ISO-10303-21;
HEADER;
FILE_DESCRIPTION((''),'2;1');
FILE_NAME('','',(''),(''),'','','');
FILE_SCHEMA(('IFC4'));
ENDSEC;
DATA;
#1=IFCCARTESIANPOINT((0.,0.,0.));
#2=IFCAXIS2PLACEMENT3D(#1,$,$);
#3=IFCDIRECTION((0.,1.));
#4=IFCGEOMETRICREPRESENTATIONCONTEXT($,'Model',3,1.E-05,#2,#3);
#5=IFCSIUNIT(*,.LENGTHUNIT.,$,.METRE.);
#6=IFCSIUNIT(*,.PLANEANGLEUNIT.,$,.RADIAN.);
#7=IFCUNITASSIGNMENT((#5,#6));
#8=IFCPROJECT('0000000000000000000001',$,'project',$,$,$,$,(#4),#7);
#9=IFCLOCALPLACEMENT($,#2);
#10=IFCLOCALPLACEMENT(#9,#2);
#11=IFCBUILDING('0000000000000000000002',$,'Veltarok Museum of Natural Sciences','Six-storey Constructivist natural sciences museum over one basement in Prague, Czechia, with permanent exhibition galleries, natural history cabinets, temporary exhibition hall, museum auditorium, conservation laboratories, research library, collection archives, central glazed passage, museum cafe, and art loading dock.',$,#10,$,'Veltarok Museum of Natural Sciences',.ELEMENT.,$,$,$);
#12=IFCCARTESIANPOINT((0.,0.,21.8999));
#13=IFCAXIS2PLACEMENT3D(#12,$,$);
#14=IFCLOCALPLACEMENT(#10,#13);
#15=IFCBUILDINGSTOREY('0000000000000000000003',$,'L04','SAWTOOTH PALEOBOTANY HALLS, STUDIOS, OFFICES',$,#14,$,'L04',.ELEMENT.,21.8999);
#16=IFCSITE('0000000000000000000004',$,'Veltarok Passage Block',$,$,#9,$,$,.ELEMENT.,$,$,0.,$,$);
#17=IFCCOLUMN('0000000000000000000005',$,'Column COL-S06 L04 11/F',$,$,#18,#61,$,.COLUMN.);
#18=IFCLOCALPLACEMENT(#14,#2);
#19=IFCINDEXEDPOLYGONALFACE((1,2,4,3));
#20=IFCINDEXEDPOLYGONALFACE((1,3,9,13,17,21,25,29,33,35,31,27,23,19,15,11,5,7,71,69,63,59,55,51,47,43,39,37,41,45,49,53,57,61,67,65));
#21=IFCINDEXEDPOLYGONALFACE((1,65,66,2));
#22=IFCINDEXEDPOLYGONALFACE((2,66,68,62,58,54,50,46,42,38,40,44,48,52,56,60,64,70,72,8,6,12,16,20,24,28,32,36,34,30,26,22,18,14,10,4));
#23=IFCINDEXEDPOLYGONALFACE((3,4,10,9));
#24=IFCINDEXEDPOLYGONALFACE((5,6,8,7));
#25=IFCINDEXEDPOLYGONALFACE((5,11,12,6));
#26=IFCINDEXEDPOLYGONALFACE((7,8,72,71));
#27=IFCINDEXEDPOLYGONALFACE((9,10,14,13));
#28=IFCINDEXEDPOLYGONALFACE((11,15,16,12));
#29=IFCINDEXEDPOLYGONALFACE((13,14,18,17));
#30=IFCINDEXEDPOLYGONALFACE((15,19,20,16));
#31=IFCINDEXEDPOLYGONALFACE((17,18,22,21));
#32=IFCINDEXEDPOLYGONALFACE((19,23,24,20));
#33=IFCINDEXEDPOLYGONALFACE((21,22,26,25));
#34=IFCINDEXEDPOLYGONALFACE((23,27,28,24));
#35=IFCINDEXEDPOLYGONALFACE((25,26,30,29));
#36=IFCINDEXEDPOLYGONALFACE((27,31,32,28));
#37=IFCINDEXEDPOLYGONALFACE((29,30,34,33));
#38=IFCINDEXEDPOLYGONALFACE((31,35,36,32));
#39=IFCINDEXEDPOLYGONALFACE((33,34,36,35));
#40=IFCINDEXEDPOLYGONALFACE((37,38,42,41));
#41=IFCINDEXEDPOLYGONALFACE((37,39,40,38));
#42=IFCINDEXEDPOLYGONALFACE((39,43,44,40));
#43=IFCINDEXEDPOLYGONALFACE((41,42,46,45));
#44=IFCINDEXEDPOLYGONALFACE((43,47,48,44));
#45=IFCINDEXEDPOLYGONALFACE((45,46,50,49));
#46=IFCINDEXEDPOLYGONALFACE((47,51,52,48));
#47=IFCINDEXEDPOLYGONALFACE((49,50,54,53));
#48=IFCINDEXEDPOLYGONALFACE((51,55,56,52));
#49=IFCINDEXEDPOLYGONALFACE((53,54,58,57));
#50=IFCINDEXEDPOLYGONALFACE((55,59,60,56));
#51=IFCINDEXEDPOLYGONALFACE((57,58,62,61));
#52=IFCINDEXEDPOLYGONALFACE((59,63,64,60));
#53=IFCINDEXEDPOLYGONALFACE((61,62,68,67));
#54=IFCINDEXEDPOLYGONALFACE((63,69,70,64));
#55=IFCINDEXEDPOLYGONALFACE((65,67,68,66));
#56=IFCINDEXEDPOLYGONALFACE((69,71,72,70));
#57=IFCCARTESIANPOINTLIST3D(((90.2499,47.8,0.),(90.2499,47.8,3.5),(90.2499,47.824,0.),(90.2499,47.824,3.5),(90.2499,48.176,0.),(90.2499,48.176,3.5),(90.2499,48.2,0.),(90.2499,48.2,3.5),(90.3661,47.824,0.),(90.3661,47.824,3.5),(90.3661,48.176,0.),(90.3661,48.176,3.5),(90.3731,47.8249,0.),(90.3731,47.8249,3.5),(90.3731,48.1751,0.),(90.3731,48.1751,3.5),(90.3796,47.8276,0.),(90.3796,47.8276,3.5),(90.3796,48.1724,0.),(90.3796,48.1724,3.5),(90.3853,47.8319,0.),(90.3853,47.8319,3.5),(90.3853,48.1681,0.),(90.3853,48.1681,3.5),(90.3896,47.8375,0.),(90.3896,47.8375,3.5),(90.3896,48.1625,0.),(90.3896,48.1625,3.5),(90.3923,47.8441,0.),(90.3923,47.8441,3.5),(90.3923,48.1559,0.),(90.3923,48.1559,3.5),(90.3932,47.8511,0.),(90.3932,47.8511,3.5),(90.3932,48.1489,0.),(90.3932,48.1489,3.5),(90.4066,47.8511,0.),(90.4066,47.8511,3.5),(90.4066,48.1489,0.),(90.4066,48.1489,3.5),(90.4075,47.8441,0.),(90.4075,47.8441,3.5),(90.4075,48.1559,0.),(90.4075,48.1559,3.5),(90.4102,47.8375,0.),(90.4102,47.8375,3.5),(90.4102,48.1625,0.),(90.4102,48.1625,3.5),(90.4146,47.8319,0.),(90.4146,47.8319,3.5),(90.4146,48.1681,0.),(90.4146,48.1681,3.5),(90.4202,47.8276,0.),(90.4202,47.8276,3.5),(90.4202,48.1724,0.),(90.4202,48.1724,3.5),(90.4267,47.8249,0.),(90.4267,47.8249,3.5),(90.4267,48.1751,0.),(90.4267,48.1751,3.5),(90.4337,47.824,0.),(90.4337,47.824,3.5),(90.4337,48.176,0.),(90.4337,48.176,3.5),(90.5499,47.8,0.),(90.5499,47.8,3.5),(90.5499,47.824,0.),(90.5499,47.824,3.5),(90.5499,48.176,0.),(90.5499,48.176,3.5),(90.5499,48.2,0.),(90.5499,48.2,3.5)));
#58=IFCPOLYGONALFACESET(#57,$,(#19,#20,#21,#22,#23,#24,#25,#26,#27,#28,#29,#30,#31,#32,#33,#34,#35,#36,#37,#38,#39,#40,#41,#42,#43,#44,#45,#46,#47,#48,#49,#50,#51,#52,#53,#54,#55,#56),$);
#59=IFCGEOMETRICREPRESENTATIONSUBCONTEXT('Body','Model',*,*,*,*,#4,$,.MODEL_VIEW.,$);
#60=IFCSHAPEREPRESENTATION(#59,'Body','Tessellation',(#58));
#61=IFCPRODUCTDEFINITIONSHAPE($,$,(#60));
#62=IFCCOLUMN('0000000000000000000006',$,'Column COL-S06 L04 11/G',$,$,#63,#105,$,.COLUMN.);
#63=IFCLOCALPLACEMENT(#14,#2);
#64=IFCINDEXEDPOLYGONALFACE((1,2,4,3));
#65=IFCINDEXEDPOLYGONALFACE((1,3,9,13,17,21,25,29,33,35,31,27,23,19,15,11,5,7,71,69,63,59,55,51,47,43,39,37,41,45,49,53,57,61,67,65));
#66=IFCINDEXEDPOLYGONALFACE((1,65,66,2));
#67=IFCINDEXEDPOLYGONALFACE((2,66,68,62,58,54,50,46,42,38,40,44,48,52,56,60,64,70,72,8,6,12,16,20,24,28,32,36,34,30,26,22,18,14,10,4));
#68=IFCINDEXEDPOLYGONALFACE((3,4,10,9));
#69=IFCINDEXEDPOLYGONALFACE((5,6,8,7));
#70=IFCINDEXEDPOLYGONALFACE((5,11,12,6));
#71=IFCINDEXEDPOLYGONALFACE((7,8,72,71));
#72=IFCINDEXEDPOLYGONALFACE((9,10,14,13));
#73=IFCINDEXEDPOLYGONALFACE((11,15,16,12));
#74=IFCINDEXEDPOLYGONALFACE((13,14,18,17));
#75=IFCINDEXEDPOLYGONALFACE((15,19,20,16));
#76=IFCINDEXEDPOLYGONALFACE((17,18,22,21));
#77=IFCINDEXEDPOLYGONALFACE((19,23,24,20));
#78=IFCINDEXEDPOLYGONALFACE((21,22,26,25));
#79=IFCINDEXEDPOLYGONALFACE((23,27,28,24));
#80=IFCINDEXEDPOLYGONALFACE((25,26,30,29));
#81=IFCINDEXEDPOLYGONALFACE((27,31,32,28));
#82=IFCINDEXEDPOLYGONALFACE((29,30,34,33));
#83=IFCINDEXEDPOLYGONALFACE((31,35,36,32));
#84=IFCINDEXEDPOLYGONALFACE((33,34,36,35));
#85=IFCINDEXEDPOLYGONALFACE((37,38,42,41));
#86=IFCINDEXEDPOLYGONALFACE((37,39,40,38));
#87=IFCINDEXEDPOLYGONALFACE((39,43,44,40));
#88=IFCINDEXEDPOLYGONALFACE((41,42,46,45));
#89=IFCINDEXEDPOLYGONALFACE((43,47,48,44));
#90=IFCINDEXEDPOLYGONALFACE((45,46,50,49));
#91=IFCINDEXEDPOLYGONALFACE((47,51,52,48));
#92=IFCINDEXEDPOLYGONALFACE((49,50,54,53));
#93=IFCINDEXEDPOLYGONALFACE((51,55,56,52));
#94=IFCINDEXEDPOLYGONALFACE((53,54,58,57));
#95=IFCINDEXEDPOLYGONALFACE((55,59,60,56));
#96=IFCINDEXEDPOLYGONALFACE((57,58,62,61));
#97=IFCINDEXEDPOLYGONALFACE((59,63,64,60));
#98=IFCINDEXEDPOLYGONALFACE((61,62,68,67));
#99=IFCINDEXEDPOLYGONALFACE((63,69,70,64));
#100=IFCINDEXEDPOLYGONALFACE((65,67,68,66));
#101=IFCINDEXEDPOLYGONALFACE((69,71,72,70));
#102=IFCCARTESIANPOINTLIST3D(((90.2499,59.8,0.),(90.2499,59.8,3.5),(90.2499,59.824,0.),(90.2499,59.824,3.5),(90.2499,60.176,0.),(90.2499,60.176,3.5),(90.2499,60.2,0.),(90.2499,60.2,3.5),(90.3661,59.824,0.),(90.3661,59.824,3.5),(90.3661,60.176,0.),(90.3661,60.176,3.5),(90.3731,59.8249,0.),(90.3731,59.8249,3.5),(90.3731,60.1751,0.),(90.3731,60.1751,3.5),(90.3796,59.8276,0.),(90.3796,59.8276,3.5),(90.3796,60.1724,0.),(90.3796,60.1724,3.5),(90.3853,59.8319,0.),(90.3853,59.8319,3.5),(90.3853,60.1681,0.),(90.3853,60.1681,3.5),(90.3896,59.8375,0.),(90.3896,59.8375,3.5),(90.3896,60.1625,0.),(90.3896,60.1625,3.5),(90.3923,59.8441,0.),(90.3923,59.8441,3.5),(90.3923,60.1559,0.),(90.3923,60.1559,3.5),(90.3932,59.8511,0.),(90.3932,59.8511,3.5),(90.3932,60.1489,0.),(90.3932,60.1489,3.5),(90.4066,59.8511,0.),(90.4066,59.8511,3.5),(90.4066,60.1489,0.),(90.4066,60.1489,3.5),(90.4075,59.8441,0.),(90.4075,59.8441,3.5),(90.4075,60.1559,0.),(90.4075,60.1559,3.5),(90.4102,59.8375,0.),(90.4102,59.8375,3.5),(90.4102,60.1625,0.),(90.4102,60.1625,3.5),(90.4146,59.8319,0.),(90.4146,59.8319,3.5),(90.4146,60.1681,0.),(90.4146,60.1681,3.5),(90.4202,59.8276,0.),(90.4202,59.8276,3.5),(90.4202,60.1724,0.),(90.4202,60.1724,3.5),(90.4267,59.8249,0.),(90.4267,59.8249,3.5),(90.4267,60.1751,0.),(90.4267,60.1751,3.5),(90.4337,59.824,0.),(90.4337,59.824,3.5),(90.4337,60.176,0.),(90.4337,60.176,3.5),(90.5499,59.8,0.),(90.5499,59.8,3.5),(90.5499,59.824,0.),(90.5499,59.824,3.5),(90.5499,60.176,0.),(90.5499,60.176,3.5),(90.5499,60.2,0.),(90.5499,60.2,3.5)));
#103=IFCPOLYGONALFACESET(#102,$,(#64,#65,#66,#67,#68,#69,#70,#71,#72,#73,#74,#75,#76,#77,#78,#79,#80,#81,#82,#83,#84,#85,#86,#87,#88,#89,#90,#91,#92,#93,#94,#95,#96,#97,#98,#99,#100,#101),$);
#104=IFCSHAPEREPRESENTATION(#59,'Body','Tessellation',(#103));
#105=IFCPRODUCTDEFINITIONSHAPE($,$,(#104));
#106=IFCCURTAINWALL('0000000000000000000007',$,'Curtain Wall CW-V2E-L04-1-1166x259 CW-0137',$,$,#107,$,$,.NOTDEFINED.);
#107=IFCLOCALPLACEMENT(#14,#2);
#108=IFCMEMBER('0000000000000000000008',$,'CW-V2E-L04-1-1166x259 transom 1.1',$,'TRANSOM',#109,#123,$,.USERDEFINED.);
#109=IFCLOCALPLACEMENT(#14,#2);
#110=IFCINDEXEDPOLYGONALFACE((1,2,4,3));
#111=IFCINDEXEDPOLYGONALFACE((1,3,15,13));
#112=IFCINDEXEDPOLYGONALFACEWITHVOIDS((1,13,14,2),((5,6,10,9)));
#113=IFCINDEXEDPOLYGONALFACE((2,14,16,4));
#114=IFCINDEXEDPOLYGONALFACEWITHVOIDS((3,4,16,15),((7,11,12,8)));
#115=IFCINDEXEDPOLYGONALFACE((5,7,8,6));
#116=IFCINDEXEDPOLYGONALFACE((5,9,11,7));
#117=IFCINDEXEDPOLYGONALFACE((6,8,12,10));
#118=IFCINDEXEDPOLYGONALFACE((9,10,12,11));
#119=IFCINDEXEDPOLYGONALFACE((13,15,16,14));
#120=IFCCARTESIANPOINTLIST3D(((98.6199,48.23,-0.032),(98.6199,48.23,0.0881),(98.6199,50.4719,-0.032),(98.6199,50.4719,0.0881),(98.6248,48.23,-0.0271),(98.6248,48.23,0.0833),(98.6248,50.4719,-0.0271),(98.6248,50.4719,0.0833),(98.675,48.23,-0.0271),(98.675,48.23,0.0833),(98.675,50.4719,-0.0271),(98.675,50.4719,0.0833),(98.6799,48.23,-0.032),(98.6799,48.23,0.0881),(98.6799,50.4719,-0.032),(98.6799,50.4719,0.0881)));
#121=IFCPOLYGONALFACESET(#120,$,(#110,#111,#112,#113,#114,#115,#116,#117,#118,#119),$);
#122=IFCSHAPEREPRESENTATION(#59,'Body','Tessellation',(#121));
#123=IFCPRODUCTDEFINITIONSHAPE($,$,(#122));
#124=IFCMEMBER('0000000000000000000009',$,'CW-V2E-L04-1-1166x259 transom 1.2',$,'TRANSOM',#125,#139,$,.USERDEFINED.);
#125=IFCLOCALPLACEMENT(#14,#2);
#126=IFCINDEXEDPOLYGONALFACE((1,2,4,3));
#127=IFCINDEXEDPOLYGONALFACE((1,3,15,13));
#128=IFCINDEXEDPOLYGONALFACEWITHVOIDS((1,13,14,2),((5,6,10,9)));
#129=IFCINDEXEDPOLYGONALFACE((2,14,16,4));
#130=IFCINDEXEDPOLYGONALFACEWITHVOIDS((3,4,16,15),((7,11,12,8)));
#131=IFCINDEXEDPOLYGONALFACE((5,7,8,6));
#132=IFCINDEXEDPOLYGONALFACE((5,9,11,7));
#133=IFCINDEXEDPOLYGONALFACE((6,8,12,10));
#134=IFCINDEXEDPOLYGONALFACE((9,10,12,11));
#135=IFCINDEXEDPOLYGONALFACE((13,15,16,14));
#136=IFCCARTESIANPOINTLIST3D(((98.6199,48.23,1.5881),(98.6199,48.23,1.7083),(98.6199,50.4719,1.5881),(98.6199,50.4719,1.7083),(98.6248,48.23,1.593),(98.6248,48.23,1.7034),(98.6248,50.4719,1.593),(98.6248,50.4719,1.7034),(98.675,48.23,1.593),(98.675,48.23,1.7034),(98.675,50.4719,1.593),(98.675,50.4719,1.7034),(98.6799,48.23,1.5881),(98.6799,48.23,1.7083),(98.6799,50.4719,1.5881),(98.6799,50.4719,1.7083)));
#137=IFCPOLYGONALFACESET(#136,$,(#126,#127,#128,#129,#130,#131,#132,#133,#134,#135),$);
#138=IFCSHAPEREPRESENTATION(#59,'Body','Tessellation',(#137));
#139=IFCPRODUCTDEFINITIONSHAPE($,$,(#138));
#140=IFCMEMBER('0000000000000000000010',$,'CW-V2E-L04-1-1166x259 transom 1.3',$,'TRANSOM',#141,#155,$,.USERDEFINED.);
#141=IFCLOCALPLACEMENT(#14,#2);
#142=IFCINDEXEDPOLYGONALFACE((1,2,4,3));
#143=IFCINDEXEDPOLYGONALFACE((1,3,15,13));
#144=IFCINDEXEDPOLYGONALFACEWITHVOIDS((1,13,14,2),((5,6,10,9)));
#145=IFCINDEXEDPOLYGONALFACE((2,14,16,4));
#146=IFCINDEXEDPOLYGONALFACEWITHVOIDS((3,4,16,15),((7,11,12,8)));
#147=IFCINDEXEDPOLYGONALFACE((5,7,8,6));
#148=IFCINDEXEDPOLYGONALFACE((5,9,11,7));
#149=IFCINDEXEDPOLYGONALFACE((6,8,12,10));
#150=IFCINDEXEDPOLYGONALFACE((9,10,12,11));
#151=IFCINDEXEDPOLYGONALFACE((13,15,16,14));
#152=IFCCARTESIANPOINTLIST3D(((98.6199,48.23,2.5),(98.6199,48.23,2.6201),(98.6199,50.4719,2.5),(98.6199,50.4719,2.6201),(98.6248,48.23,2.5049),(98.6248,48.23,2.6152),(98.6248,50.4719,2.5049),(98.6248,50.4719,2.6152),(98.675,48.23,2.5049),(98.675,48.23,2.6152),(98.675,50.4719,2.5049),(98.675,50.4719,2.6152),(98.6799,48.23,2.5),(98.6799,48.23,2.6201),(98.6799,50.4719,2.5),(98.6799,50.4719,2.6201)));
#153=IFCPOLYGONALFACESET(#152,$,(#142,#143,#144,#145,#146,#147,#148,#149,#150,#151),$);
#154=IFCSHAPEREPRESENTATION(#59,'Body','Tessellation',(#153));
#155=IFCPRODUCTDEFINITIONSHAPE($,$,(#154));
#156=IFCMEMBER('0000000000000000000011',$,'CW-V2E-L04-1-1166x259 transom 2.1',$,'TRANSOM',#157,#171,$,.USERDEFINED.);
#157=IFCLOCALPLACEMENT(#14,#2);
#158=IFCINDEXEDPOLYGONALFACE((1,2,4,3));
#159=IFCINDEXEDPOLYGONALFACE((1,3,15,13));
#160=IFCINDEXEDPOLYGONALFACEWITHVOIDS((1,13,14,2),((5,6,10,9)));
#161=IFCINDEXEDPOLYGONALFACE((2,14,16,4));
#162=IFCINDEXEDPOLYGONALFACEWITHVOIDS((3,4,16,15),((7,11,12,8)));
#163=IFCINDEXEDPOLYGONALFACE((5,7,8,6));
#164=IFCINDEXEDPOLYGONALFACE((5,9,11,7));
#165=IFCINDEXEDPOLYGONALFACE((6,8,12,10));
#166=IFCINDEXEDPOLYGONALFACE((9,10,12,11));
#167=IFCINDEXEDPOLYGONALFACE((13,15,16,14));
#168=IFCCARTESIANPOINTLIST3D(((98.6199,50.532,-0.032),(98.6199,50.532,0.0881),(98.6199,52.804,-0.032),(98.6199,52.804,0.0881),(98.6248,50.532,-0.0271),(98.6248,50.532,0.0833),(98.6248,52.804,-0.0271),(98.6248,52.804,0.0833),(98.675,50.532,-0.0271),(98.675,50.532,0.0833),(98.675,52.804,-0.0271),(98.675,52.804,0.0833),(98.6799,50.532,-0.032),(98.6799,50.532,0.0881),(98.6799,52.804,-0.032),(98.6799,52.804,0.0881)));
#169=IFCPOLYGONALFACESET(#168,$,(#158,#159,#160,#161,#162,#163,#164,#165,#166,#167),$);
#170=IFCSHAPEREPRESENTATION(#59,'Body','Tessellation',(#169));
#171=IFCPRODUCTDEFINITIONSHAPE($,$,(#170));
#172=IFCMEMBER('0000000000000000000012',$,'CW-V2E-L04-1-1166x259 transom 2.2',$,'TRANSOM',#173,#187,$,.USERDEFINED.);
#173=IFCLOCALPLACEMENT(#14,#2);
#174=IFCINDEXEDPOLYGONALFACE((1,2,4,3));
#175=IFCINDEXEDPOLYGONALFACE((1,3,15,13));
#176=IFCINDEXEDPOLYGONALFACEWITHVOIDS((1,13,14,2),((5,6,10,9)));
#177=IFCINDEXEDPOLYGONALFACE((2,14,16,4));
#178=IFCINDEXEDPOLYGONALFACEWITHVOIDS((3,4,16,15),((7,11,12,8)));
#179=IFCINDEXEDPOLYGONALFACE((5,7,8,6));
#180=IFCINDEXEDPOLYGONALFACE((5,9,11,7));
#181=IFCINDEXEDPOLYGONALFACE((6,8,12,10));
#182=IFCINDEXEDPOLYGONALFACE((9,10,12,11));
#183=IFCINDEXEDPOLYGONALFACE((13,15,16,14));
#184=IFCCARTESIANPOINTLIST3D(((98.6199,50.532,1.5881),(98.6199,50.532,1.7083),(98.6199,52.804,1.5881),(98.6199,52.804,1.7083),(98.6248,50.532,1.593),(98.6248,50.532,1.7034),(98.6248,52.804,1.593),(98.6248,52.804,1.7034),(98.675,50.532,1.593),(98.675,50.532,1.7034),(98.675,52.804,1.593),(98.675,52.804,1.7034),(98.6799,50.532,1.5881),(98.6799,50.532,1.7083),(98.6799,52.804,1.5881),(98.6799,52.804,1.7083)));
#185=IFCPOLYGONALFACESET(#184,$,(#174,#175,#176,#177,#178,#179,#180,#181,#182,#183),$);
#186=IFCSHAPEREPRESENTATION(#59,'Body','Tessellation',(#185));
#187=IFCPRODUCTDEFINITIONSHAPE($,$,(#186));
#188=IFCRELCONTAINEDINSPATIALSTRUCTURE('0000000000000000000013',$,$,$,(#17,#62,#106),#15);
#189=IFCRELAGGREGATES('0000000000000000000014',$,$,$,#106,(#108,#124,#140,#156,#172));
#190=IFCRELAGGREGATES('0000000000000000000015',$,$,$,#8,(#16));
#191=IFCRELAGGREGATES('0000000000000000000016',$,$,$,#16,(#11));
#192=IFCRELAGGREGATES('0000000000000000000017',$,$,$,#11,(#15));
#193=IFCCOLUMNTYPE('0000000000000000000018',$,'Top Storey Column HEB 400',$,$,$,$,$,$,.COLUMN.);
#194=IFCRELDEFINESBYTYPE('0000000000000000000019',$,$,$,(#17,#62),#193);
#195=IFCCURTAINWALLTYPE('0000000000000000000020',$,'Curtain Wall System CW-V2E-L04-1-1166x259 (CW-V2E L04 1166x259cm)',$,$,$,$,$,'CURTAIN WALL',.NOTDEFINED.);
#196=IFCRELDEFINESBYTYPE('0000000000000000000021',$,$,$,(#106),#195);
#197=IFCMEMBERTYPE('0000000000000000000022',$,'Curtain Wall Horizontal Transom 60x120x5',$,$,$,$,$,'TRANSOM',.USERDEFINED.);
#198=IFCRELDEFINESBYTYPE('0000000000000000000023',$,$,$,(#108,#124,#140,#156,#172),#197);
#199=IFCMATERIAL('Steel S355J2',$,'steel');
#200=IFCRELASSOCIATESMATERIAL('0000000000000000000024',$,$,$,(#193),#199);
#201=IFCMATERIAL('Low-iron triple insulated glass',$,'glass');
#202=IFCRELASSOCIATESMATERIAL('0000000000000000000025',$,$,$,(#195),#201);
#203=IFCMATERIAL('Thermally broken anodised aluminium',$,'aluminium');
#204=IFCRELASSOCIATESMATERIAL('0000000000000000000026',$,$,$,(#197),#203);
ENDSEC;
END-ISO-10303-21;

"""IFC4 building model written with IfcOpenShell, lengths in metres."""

from ifc_helpers import new_model, si_unit, direction, frame, origin, origin_2d, place, context, subcontext, project, spatial, hollow_rectangle, i_section, extrude, material, material_profile, profile_set, type_object, element, aggregate, save


model = new_model("IFC4")

# Units and contexts
model_context = context("Model", 3, precision=1e-05, world=origin(), true_north=direction((0.0, 1.0)))
body_context = subcontext(model_context, "Body", "Model", "MODEL_VIEW")
ifc_project = project(units=[si_unit("LENGTHUNIT", "METRE"), si_unit("PLANEANGLEUNIT", "RADIAN")], contexts=[model_context])

# Site, building, storey
site_placement = place(None, origin())
site = spatial("IfcSite", under=ifc_project, at=site_placement, Name="Veltarok Passage Block", CompositionType="ELEMENT", RefElevation=0.0)
building_placement = place(site_placement, origin())
building = spatial("IfcBuilding", under=site, at=building_placement, Name="Veltarok Museum of Natural Sciences", Description="Six-storey Constructivist natural sciences museum over one basement in Prague, Czechia, with permanent exhibition galleries, natural history cabinets, temporary exhibition hall, museum auditorium, conservation laboratories, research library, collection archives, central glazed passage, museum cafe, and art loading dock.", LongName="Veltarok Museum of Natural Sciences", CompositionType="ELEMENT")
storey_placement = place(building_placement, frame((0.0, 0.0, 21.8999)))
storey = spatial("IfcBuildingStorey", under=building, at=storey_placement, Name="L04", Description="SAWTOOTH PALEOBOTANY HALLS, STUDIOS, OFFICES", LongName="L04", CompositionType="ELEMENT", Elevation=21.8999)

# Columns
ifc_material_1 = material(Name="Steel S355J2", Category="steel")
ifc_material_profile_1 = material_profile(ifc_material_1, i_section(OverallWidth=0.3, OverallDepth=0.3999, WebThickness=0.0134, FlangeThickness=0.0239, FilletRadius=0.0271, at=origin_2d()), Name="HEB 400")
ifc_profile_set_1 = profile_set([ifc_material_profile_1], Name="Steel S355J2")
column_type = type_object("IfcColumnType", Name="Top Storey Column HEB 400", PredefinedType="COLUMN", material=ifc_profile_set_1)
for number, where, z_axis, x_axis, name in (
    (1, (90.3999, 48.0, 0.0), (0.0, 0.0, 1.0), (1.0, 0.0, 0.0), "Column COL-S06 L04 11/F"),
    (2, (90.3999, 60.0, 0.0), (0.0, 0.0, 1.0), (1.0, 0.0, 0.0), "Column COL-S06 L04 11/G"),
):
    element("IfcColumn", number, at=place(storey_placement, frame(where, z_axis=z_axis, x_axis=x_axis)), inside=storey, type_object=column_type, Name=name, PredefinedType="COLUMN", context=body_context, shape_type="SweptSolid", body=[
        extrude(i_section(OverallWidth=0.3, OverallDepth=0.3999, WebThickness=0.0134, FlangeThickness=0.0239, FilletRadius=0.0271, at=origin_2d()), origin(), (0.0, 0.0, 1.0), 3.5),
    ])

# Curtain wall, members
ifc_material_2 = material(Name="Low-iron triple insulated glass", Category="glass")
curtain_wall_type = type_object("IfcCurtainWallType", Name="Curtain Wall System CW-V2E-L04-1-1166x259 (CW-V2E L04 1166x259cm)", ElementType="CURTAIN WALL", PredefinedType="NOTDEFINED", material=ifc_material_2)
curtain_wall_placement = place(storey_placement, origin())
curtain_wall = element("IfcCurtainWall", 3, at=curtain_wall_placement, inside=storey, type_object=curtain_wall_type, Name="Curtain Wall CW-V2E-L04-1-1166x259 CW-0137", PredefinedType="NOTDEFINED")
ifc_material_3 = material(Name="Thermally broken anodised aluminium", Category="aluminium")
ifc_material_profile_2 = material_profile(ifc_material_3, hollow_rectangle(XDim=0.0601, YDim=0.1201, WallThickness=0.0049, at=origin_2d()), Name="CW TRANSOM 60x120x5")
ifc_profile_set_2 = profile_set([ifc_material_profile_2], Name="Thermally broken anodised aluminium")
member_type_1 = type_object("IfcMemberType", Name="Curtain Wall Horizontal Transom 60x120x5", ElementType="TRANSOM", PredefinedType="USERDEFINED", material=ifc_profile_set_2)
member_1_placement = place(storey_placement, frame((98.6499, 48.23, 0.0281), z_axis=(0.0, 1.0, 0.0), x_axis=(-1.0, 0.0, 0.0)))
member_1 = element("IfcMember", 4, at=member_1_placement, type_object=member_type_1, Name="CW-V2E-L04-1-1166x259 transom 1.1", ObjectType="TRANSOM", PredefinedType="USERDEFINED", context=body_context, shape_type="SweptSolid", body=[
    extrude(hollow_rectangle(XDim=0.0601, YDim=0.1201, WallThickness=0.0049, at=origin_2d()), origin(), (0.0, 0.0, 1.0), 2.2419),
])
member_2_placement = place(storey_placement, frame((98.6499, 48.23, 1.6482), z_axis=(0.0, 1.0, 0.0), x_axis=(-1.0, 0.0, 0.0)))
member_2 = element("IfcMember", 5, at=member_2_placement, type_object=member_type_1, Name="CW-V2E-L04-1-1166x259 transom 1.2", ObjectType="TRANSOM", PredefinedType="USERDEFINED", context=body_context, shape_type="SweptSolid", body=[
    extrude(hollow_rectangle(XDim=0.0601, YDim=0.1201, WallThickness=0.0049, at=origin_2d()), origin(), (0.0, 0.0, 1.0), 2.2419),
])
member_3_placement = place(storey_placement, frame((98.6499, 48.23, 2.5601), z_axis=(0.0, 1.0, 0.0), x_axis=(-1.0, 0.0, 0.0)))
member_3 = element("IfcMember", 6, at=member_3_placement, type_object=member_type_1, Name="CW-V2E-L04-1-1166x259 transom 1.3", ObjectType="TRANSOM", PredefinedType="USERDEFINED", context=body_context, shape_type="SweptSolid", body=[
    extrude(hollow_rectangle(XDim=0.0601, YDim=0.1201, WallThickness=0.0049, at=origin_2d()), origin(), (0.0, 0.0, 1.0), 2.2419),
])
member_4_placement = place(storey_placement, frame((98.6499, 50.532, 0.0281), z_axis=(0.0, 1.0, 0.0), x_axis=(-1.0, 0.0, 0.0)))
member_4 = element("IfcMember", 7, at=member_4_placement, type_object=member_type_1, Name="CW-V2E-L04-1-1166x259 transom 2.1", ObjectType="TRANSOM", PredefinedType="USERDEFINED", context=body_context, shape_type="SweptSolid", body=[
    extrude(hollow_rectangle(XDim=0.0601, YDim=0.1201, WallThickness=0.0049, at=origin_2d()), origin(), (0.0, 0.0, 1.0), 2.272),
])
member_5_placement = place(storey_placement, frame((98.6499, 50.532, 1.6482), z_axis=(0.0, 1.0, 0.0), x_axis=(-1.0, 0.0, 0.0)))
member_5 = element("IfcMember", 8, at=member_5_placement, type_object=member_type_1, Name="CW-V2E-L04-1-1166x259 transom 2.2", ObjectType="TRANSOM", PredefinedType="USERDEFINED", context=body_context, shape_type="SweptSolid", body=[
    extrude(hollow_rectangle(XDim=0.0601, YDim=0.1201, WallThickness=0.0049, at=origin_2d()), origin(), (0.0, 0.0, 1.0), 2.272),
])

aggregate(curtain_wall, [member_1, member_2, member_3, member_4, member_5])

save(model, "model.ifc")
